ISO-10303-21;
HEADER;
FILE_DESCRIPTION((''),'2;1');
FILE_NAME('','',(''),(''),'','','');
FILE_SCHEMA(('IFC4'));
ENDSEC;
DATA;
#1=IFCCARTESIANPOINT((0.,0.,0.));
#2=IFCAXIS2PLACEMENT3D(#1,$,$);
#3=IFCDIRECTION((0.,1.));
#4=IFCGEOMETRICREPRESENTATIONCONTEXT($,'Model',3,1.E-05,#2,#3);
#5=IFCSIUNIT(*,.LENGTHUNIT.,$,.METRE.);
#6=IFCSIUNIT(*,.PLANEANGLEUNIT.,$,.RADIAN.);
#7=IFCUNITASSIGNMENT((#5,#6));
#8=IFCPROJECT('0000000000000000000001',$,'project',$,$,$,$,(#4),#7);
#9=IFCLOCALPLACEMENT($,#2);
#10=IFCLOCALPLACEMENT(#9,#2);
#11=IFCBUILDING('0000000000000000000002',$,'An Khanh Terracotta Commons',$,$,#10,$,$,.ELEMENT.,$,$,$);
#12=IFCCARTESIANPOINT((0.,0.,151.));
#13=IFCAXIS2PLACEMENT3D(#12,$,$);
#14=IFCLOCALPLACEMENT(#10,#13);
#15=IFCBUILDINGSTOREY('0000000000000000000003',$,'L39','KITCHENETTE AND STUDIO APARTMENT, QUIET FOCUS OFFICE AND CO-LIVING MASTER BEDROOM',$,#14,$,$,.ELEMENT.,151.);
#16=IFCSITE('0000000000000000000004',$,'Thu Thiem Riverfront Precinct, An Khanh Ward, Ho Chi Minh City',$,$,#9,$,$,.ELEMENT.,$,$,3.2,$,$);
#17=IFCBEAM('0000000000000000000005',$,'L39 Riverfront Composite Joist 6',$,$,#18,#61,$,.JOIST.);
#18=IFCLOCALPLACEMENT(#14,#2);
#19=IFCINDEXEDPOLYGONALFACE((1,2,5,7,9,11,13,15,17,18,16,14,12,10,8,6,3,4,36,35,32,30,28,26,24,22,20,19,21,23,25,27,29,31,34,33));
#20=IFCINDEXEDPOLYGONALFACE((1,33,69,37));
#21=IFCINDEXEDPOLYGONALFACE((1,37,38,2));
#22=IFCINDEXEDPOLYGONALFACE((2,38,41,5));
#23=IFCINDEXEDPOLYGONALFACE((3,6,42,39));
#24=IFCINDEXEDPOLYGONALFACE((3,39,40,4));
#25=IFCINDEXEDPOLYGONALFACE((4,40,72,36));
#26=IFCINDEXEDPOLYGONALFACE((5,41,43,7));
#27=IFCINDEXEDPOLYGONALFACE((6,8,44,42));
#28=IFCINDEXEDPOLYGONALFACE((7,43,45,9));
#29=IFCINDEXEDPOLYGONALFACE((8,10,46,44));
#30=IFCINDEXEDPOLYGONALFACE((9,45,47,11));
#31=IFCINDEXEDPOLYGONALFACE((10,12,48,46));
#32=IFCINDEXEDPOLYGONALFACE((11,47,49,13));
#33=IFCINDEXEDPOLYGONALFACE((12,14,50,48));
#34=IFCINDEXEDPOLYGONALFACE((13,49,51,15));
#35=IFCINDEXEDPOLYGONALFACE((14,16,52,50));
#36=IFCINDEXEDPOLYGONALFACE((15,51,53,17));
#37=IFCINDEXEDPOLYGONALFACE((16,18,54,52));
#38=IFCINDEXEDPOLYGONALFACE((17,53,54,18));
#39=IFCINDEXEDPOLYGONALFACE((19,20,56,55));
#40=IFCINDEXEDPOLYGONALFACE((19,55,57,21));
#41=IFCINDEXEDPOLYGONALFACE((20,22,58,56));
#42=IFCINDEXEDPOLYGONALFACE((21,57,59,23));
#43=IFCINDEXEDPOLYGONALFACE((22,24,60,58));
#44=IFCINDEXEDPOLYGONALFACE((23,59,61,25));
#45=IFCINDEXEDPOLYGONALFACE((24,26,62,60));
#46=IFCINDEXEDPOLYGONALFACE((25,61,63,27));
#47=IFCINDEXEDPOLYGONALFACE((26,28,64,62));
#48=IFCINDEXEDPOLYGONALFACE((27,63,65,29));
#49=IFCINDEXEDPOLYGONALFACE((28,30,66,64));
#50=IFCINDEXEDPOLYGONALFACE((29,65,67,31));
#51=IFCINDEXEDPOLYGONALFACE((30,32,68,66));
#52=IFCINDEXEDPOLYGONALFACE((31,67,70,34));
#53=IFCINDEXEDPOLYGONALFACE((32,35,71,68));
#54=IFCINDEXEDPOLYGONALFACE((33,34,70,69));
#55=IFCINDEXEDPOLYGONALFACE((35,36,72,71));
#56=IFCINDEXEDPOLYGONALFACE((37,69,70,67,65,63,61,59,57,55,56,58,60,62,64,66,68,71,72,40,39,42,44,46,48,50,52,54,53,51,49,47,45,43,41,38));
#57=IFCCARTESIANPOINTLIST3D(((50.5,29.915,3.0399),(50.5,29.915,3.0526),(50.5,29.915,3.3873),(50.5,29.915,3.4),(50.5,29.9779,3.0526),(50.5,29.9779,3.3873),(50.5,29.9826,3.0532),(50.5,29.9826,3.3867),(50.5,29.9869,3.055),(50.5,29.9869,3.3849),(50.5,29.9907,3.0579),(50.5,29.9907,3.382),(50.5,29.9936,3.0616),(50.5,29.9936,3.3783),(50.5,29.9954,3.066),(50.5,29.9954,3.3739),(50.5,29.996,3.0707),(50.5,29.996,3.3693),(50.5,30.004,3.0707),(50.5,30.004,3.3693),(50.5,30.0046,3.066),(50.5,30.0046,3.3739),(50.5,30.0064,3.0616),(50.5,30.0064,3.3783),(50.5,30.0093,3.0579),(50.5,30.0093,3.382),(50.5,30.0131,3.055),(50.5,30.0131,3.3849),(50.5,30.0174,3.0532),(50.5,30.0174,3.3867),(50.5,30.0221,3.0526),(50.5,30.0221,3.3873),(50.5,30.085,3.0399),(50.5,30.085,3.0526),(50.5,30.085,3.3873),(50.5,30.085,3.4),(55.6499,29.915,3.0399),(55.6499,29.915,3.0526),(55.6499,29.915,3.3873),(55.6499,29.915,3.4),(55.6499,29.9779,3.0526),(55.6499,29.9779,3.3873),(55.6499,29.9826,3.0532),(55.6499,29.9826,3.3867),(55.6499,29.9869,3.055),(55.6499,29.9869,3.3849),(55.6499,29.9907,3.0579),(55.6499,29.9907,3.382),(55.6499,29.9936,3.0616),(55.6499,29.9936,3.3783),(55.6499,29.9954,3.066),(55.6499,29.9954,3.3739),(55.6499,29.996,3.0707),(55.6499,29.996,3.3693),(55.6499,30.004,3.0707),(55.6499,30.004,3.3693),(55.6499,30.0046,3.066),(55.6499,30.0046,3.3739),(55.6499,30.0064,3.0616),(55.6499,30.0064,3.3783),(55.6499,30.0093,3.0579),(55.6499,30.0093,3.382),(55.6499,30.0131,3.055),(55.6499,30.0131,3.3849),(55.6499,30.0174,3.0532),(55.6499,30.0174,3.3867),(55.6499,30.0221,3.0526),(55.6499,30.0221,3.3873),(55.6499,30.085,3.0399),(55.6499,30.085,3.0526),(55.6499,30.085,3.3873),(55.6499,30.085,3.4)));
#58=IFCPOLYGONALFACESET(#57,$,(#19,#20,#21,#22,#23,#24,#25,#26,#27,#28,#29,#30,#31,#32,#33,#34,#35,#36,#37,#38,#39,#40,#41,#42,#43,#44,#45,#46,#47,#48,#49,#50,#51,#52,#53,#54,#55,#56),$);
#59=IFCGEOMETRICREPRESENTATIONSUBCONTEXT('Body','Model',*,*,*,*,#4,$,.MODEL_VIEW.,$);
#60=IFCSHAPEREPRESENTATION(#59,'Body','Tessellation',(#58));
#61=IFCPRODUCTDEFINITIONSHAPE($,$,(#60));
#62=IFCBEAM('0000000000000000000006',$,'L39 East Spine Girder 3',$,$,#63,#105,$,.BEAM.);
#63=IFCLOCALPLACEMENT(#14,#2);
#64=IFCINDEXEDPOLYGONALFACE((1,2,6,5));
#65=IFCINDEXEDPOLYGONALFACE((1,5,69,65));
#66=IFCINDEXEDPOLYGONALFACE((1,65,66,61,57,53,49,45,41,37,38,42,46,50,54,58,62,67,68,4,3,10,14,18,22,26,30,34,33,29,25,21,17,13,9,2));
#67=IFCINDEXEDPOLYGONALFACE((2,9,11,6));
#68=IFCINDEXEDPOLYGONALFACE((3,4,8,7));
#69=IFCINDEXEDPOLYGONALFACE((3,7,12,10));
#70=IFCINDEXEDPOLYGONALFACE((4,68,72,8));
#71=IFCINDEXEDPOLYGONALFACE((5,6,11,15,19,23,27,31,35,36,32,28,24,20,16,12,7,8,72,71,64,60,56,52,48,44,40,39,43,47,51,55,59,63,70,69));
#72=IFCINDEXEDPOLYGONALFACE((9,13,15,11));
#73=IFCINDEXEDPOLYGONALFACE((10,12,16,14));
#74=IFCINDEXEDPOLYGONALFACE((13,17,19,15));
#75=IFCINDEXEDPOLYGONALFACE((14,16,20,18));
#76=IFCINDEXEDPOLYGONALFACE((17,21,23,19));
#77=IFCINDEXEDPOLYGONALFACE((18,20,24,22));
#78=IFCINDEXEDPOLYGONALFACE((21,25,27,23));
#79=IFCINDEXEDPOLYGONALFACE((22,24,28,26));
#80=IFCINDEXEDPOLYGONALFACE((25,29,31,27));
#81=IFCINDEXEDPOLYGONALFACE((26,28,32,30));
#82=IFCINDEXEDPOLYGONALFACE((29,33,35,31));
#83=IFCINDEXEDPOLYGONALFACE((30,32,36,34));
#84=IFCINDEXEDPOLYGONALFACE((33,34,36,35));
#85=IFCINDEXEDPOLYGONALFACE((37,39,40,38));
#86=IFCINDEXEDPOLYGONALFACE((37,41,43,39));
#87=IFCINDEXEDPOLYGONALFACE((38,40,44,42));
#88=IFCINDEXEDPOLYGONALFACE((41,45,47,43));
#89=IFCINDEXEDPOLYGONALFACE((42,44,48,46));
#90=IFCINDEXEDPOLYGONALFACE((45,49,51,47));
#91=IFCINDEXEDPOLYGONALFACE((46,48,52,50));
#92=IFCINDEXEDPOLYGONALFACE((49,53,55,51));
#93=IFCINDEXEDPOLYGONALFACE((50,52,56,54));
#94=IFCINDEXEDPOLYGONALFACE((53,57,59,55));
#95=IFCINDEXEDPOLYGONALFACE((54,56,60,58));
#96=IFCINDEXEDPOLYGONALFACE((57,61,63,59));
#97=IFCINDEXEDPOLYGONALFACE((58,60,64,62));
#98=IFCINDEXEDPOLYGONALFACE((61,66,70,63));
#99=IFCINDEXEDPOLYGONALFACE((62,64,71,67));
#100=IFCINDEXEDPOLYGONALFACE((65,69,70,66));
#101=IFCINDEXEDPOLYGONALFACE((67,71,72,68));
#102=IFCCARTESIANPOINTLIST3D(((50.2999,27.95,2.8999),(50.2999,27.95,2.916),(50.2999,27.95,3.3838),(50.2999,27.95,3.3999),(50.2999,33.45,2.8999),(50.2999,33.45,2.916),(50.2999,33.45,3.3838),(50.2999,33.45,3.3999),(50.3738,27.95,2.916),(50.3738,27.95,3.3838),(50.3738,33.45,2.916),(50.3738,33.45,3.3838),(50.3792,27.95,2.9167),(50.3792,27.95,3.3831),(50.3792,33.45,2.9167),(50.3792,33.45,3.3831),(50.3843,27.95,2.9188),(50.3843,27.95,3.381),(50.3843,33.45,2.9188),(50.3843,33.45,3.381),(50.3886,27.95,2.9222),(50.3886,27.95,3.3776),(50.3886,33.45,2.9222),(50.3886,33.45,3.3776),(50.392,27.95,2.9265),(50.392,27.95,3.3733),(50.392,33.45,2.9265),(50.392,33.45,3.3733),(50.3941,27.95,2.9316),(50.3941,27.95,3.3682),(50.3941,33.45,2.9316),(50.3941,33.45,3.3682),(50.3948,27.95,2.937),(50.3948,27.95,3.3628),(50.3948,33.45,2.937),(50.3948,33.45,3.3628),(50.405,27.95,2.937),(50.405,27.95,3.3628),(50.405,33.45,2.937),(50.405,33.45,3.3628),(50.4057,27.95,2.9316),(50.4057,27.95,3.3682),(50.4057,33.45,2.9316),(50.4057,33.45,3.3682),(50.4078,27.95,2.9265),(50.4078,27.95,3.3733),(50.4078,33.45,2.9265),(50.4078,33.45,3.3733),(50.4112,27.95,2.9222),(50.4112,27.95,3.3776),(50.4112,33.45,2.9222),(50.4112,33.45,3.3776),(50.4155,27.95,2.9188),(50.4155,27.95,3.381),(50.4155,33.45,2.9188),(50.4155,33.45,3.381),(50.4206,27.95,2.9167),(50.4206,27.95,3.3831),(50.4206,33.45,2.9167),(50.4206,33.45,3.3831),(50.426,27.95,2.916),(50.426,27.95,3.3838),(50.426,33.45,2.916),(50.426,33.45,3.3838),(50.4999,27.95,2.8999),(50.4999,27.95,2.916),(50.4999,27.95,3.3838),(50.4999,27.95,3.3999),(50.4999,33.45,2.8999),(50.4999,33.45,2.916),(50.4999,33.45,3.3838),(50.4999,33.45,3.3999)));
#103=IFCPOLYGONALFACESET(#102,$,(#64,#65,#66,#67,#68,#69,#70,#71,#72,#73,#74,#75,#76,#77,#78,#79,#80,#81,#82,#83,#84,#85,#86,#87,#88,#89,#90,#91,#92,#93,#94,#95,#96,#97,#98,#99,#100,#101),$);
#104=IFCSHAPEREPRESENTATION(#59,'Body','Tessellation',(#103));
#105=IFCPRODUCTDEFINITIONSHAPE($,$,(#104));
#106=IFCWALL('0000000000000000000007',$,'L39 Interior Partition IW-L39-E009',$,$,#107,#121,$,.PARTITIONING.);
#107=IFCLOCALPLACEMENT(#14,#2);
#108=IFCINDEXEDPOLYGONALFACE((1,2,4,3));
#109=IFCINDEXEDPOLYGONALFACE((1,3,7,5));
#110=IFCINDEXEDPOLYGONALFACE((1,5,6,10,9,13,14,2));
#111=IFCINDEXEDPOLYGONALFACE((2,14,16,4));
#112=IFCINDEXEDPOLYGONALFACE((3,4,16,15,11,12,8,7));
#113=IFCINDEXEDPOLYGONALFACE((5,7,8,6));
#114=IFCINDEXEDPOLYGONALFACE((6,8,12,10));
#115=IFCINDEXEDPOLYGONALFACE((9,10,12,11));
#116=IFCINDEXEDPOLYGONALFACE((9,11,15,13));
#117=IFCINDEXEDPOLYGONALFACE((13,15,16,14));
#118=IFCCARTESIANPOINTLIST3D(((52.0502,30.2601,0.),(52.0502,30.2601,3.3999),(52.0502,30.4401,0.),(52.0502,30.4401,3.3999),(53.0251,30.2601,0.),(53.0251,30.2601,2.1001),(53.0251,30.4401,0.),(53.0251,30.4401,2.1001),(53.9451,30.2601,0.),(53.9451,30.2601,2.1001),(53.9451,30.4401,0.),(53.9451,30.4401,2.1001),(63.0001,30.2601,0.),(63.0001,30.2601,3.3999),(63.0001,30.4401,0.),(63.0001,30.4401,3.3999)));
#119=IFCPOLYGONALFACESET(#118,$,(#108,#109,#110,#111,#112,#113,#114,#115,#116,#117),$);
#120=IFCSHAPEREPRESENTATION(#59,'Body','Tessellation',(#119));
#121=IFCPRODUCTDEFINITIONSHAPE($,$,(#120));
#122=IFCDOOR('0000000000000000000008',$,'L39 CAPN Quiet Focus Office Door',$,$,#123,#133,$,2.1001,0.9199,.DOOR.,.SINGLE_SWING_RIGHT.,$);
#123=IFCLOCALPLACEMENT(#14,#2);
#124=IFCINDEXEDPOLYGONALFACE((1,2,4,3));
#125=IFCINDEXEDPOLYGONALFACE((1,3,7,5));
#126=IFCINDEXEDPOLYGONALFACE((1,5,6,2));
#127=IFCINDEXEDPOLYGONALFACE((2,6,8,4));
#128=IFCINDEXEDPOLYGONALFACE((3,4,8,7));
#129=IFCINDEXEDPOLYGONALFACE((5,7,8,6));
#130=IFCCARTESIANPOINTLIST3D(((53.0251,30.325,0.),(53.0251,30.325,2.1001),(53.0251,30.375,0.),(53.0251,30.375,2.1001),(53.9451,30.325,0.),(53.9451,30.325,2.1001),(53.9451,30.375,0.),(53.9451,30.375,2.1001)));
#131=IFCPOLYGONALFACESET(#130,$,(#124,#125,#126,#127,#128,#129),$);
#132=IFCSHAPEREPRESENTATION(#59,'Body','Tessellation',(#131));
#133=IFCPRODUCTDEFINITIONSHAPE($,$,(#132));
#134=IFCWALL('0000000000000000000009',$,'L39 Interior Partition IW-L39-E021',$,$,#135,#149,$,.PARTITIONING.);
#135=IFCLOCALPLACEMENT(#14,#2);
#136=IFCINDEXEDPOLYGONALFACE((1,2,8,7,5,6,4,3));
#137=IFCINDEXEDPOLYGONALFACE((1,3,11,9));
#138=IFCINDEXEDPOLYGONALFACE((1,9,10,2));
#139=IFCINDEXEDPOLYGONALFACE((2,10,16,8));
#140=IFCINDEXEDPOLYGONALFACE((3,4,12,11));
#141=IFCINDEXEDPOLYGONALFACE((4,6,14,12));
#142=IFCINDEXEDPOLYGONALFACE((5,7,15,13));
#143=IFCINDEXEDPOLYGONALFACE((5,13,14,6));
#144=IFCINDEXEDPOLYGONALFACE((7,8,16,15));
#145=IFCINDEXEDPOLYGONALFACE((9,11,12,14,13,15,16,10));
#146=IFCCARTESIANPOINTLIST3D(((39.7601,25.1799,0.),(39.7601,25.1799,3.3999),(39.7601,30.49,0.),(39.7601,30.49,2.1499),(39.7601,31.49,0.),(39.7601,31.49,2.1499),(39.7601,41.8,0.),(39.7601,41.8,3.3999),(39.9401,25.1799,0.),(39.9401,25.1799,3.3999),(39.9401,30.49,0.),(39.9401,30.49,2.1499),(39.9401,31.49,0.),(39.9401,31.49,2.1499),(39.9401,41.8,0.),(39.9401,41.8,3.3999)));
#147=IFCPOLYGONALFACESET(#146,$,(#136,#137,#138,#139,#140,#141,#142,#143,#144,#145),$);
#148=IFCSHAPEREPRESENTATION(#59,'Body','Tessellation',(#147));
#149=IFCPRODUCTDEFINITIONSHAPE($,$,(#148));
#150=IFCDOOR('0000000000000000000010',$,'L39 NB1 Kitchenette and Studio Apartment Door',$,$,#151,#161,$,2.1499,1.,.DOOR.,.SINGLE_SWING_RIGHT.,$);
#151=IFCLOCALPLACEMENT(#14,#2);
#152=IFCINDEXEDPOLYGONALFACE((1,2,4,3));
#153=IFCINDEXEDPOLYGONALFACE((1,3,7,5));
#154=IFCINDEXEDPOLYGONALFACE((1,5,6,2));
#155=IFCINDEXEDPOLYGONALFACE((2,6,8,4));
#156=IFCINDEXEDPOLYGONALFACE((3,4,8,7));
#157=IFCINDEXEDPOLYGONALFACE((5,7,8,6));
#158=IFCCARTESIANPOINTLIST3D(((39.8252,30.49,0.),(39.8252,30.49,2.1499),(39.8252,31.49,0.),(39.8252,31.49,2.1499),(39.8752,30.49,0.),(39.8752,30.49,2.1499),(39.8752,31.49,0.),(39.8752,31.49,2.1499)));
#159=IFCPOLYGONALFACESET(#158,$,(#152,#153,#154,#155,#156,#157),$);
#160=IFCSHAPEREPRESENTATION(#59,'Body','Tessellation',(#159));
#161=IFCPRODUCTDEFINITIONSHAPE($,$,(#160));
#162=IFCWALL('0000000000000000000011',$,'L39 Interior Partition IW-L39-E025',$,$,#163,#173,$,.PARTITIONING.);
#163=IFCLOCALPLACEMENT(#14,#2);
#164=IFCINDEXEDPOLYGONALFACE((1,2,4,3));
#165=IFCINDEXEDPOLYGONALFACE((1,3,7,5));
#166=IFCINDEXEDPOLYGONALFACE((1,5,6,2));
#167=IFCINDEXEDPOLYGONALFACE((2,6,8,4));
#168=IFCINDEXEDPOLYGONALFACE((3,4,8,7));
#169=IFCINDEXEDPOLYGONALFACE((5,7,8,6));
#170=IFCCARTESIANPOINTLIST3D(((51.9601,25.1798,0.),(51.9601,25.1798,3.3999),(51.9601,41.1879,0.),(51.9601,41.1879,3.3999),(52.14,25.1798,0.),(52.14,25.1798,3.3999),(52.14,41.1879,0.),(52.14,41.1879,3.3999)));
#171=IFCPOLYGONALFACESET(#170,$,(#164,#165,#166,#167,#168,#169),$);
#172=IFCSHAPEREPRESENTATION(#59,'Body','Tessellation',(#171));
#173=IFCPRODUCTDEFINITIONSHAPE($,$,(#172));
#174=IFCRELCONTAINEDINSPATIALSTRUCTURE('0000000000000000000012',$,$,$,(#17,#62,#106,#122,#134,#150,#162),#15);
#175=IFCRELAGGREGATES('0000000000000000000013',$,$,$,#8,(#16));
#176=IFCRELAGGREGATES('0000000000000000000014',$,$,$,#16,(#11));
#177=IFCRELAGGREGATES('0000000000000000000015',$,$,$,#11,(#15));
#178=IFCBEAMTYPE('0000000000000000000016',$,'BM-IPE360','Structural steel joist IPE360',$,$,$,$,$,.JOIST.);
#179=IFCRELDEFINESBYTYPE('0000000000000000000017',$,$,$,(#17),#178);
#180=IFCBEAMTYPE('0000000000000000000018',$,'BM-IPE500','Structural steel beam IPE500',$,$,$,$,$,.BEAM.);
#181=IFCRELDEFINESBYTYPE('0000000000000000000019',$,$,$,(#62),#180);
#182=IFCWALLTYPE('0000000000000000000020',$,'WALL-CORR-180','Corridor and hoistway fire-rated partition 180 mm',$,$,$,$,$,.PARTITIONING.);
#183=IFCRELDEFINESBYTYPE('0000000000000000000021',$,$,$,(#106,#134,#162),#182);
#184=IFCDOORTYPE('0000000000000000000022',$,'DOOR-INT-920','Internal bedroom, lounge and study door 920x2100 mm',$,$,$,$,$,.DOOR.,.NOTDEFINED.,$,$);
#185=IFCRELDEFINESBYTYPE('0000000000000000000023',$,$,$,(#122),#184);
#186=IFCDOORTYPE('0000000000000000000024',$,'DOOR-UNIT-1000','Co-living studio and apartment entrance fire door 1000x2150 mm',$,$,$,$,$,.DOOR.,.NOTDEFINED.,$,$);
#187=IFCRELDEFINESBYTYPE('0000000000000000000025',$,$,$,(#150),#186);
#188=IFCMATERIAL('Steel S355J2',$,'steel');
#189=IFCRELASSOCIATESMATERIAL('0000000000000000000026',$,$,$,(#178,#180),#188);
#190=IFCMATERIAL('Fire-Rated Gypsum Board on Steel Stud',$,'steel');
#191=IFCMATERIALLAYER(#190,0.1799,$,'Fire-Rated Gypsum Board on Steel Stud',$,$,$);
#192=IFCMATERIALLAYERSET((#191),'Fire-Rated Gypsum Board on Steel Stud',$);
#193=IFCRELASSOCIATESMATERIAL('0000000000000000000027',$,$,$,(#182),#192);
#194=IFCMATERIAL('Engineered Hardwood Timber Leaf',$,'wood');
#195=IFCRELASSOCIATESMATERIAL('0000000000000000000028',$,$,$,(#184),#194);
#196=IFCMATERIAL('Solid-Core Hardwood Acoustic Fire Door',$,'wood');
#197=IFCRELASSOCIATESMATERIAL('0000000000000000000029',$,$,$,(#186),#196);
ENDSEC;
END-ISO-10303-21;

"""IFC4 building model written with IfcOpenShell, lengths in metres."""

from ifc_helpers import new_model, si_unit, direction, frame, frame_2d, origin, origin_2d, place, context, subcontext, project, spatial, rectangle, i_section, extrude, material, layer, layer_set, material_profile, profile_set, type_object, element, fill, save


model = new_model("IFC4")

# Units and contexts
model_context = context("Model", 3, precision=1e-05, world=origin(), true_north=direction((0.0, 1.0)))
body_context = subcontext(model_context, "Body", "Model", "MODEL_VIEW")
ifc_project = project(units=[si_unit("LENGTHUNIT", "METRE"), si_unit("PLANEANGLEUNIT", "RADIAN")], contexts=[model_context])

# Site, building, storey
site_placement = place(None, origin())
site = spatial("IfcSite", under=ifc_project, at=site_placement, Name="Thu Thiem Riverfront Precinct, An Khanh Ward, Ho Chi Minh City", CompositionType="ELEMENT", RefElevation=3.2)
building_placement = place(site_placement, origin())
building = spatial("IfcBuilding", under=site, at=building_placement, Name="An Khanh Terracotta Commons", CompositionType="ELEMENT")
storey_placement = place(building_placement, frame((0.0, 0.0, 151.0)))
storey = spatial("IfcBuildingStorey", under=building, at=storey_placement, Name="L39", Description="KITCHENETTE AND STUDIO APARTMENT, QUIET FOCUS OFFICE AND CO-LIVING MASTER BEDROOM", CompositionType="ELEMENT", Elevation=151.0)

# Beams
ifc_material_1 = material(Name="Steel S355J2", Category="steel")
ifc_material_profile_1 = material_profile(ifc_material_1, i_section(OverallWidth=0.1699, OverallDepth=0.3601, WebThickness=0.0081, FlangeThickness=0.0127, FilletRadius=0.0181, at=origin_2d()), Name="IPE360")
ifc_profile_set_1 = profile_set([ifc_material_profile_1], Name="Steel S355J2")
beam_type_1 = type_object("IfcBeamType", Name="BM-IPE360", Description="Structural steel joist IPE360", PredefinedType="JOIST", material=ifc_profile_set_1)
for number, where, z_axis, x_axis, name in (
    (1, (50.5, 30.0, 3.22), (1.0, 0.0, 0.0), (0.0, 1.0, 0.0), "L39 Riverfront Composite Joist 6"),
):
    element("IfcBeam", number, at=place(storey_placement, frame(where, z_axis=z_axis, x_axis=x_axis)), inside=storey, type_object=beam_type_1, Name=name, PredefinedType="JOIST", context=body_context, shape_type="SweptSolid", body=[
        extrude(i_section(OverallWidth=0.1699, OverallDepth=0.3601, WebThickness=0.0081, FlangeThickness=0.0127, FilletRadius=0.0181, at=origin_2d()), origin(), (0.0, 0.0, 1.0), 5.1499),
    ])
ifc_material_profile_2 = material_profile(ifc_material_1, i_section(OverallWidth=0.2, OverallDepth=0.5, WebThickness=0.0103, FlangeThickness=0.0161, FilletRadius=0.021, at=origin_2d()), Name="IPE500")
ifc_profile_set_2 = profile_set([ifc_material_profile_2], Name="Steel S355J2")
beam_type_2 = type_object("IfcBeamType", Name="BM-IPE500", Description="Structural steel beam IPE500", PredefinedType="BEAM", material=ifc_profile_set_2)
beam_placement = place(storey_placement, frame((50.3999, 27.95, 3.1499), z_axis=(0.0, 1.0, 0.0), x_axis=(-1.0, 0.0, 0.0)))
element("IfcBeam", 2, at=beam_placement, inside=storey, type_object=beam_type_2, Name="L39 East Spine Girder 3", PredefinedType="BEAM", context=body_context, shape_type="SweptSolid", body=[
    extrude(i_section(OverallWidth=0.2, OverallDepth=0.5, WebThickness=0.0103, FlangeThickness=0.0161, FilletRadius=0.021, at=origin_2d()), origin(), (0.0, 0.0, 1.0), 5.5),
])

# Walls, openings, doors
ifc_material_2 = material(Name="Fire-Rated Gypsum Board on Steel Stud", Category="steel")
ifc_layer_1 = layer(ifc_material_2, 0.1799, Name="Fire-Rated Gypsum Board on Steel Stud")
ifc_layer_set_1 = layer_set([ifc_layer_1], Name="Fire-Rated Gypsum Board on Steel Stud")
wall_type_1 = type_object("IfcWallType", Name="WALL-CORR-180", Description="Corridor and hoistway fire-rated partition 180 mm", PredefinedType="PARTITIONING", material=ifc_layer_set_1)
wall_1_placement = place(storey_placement, frame((52.05, 30.3501, 0.0), z_axis=(0.0, 0.0, 1.0), x_axis=(1.0, 0.0, 0.0)))
wall_1 = element("IfcWall", 3, at=wall_1_placement, inside=storey, type_object=wall_type_1, Name="L39 Interior Partition IW-L39-E009", PredefinedType="PARTITIONING", context=body_context, shape_type="SweptSolid", body=[
    extrude(rectangle(XDim=10.95, YDim=0.1799, at=frame_2d((5.4751, 0.0))), origin(), (0.0, 0.0, 1.0), 3.3999),
])
opening_1_placement = place(wall_1_placement, frame((0.9751, 0.0, 0.0)))
opening_1 = element("IfcOpeningElement", 4, at=opening_1_placement, cuts=wall_1, PredefinedType="OPENING", context=body_context, shape_type="SweptSolid", body=[
    extrude(rectangle(XDim=0.9199, YDim=2.1001, at=frame_2d((0.46, 1.05))), frame((0.0, 0.0999, 0.0), z_axis=(0.0, -1.0, 0.0), x_axis=(1.0, 0.0, 0.0)), (0.0, 0.0, 1.0), 0.2),
])
ifc_material_3 = material(Name="Engineered Hardwood Timber Leaf", Category="wood")
door_type_1 = type_object("IfcDoorType", Name="DOOR-INT-920", Description="Internal bedroom, lounge and study door 920x2100 mm", OperationType="NOTDEFINED", PredefinedType="DOOR", material=ifc_material_3)
door_1_placement = place(opening_1_placement, origin())
door_1 = element("IfcDoor", 5, at=door_1_placement, inside=storey, type_object=door_type_1, Name="L39 CAPN Quiet Focus Office Door", OperationType="SINGLE_SWING_RIGHT", OverallHeight=2.1001, OverallWidth=0.9199, PredefinedType="DOOR", context=body_context, shape_type="SweptSolid", body=[
    extrude(rectangle(XDim=0.9199, YDim=2.1001, at=frame_2d((0.46, 1.05))), frame((0.0, 0.0249, 0.0), z_axis=(0.0, -1.0, 0.0), x_axis=(1.0, 0.0, 0.0)), (0.0, 0.0, 1.0), 0.05),
])
fill(opening_1, door_1)
wall_2_placement = place(storey_placement, frame((39.8501, 25.1799, 0.0), z_axis=(0.0, 0.0, 1.0), x_axis=(0.0, 1.0, 0.0)))
wall_2 = element("IfcWall", 6, at=wall_2_placement, inside=storey, type_object=wall_type_1, Name="L39 Interior Partition IW-L39-E021", PredefinedType="PARTITIONING", context=body_context, shape_type="SweptSolid", body=[
    extrude(rectangle(XDim=16.6201, YDim=0.1799, at=frame_2d((8.3101, 0.0))), origin(), (0.0, 0.0, 1.0), 3.3999),
])
opening_2_placement = place(wall_2_placement, frame((5.3101, 0.0, 0.0)))
opening_2 = element("IfcOpeningElement", 7, at=opening_2_placement, cuts=wall_2, PredefinedType="OPENING", context=body_context, shape_type="SweptSolid", body=[
    extrude(rectangle(XDim=1.0, YDim=2.1499, at=frame_2d((0.5, 1.075))), frame((0.0, 0.0999, 0.0), z_axis=(0.0, -1.0, 0.0), x_axis=(1.0, 0.0, 0.0)), (0.0, 0.0, 1.0), 0.2),
])
ifc_material_4 = material(Name="Solid-Core Hardwood Acoustic Fire Door", Category="wood")
door_type_2 = type_object("IfcDoorType", Name="DOOR-UNIT-1000", Description="Co-living studio and apartment entrance fire door 1000x2150 mm", OperationType="NOTDEFINED", PredefinedType="DOOR", material=ifc_material_4)
door_2_placement = place(opening_2_placement, origin())
door_2 = element("IfcDoor", 8, at=door_2_placement, inside=storey, type_object=door_type_2, Name="L39 NB1 Kitchenette and Studio Apartment Door", OperationType="SINGLE_SWING_RIGHT", OverallHeight=2.1499, OverallWidth=1.0, PredefinedType="DOOR", context=body_context, shape_type="SweptSolid", body=[
    extrude(rectangle(XDim=1.0, YDim=2.1499, at=frame_2d((0.5, 1.075))), frame((0.0, 0.0249, 0.0), z_axis=(0.0, -1.0, 0.0), x_axis=(1.0, 0.0, 0.0)), (0.0, 0.0, 1.0), 0.05),
])
fill(opening_2, door_2)

# Wall
wall_3_placement = place(storey_placement, frame((52.05, 25.1799, 0.0), z_axis=(0.0, 0.0, 1.0), x_axis=(0.0, 1.0, 0.0)))
element("IfcWall", 9, at=wall_3_placement, inside=storey, type_object=wall_type_1, Name="L39 Interior Partition IW-L39-E025", PredefinedType="PARTITIONING", context=body_context, shape_type="SweptSolid", body=[
    extrude(rectangle(XDim=16.0081, YDim=0.1799, at=frame_2d((8.0039, 0.0))), origin(), (0.0, 0.0, 1.0), 3.3999),
])

save(model, "model.ifc")
